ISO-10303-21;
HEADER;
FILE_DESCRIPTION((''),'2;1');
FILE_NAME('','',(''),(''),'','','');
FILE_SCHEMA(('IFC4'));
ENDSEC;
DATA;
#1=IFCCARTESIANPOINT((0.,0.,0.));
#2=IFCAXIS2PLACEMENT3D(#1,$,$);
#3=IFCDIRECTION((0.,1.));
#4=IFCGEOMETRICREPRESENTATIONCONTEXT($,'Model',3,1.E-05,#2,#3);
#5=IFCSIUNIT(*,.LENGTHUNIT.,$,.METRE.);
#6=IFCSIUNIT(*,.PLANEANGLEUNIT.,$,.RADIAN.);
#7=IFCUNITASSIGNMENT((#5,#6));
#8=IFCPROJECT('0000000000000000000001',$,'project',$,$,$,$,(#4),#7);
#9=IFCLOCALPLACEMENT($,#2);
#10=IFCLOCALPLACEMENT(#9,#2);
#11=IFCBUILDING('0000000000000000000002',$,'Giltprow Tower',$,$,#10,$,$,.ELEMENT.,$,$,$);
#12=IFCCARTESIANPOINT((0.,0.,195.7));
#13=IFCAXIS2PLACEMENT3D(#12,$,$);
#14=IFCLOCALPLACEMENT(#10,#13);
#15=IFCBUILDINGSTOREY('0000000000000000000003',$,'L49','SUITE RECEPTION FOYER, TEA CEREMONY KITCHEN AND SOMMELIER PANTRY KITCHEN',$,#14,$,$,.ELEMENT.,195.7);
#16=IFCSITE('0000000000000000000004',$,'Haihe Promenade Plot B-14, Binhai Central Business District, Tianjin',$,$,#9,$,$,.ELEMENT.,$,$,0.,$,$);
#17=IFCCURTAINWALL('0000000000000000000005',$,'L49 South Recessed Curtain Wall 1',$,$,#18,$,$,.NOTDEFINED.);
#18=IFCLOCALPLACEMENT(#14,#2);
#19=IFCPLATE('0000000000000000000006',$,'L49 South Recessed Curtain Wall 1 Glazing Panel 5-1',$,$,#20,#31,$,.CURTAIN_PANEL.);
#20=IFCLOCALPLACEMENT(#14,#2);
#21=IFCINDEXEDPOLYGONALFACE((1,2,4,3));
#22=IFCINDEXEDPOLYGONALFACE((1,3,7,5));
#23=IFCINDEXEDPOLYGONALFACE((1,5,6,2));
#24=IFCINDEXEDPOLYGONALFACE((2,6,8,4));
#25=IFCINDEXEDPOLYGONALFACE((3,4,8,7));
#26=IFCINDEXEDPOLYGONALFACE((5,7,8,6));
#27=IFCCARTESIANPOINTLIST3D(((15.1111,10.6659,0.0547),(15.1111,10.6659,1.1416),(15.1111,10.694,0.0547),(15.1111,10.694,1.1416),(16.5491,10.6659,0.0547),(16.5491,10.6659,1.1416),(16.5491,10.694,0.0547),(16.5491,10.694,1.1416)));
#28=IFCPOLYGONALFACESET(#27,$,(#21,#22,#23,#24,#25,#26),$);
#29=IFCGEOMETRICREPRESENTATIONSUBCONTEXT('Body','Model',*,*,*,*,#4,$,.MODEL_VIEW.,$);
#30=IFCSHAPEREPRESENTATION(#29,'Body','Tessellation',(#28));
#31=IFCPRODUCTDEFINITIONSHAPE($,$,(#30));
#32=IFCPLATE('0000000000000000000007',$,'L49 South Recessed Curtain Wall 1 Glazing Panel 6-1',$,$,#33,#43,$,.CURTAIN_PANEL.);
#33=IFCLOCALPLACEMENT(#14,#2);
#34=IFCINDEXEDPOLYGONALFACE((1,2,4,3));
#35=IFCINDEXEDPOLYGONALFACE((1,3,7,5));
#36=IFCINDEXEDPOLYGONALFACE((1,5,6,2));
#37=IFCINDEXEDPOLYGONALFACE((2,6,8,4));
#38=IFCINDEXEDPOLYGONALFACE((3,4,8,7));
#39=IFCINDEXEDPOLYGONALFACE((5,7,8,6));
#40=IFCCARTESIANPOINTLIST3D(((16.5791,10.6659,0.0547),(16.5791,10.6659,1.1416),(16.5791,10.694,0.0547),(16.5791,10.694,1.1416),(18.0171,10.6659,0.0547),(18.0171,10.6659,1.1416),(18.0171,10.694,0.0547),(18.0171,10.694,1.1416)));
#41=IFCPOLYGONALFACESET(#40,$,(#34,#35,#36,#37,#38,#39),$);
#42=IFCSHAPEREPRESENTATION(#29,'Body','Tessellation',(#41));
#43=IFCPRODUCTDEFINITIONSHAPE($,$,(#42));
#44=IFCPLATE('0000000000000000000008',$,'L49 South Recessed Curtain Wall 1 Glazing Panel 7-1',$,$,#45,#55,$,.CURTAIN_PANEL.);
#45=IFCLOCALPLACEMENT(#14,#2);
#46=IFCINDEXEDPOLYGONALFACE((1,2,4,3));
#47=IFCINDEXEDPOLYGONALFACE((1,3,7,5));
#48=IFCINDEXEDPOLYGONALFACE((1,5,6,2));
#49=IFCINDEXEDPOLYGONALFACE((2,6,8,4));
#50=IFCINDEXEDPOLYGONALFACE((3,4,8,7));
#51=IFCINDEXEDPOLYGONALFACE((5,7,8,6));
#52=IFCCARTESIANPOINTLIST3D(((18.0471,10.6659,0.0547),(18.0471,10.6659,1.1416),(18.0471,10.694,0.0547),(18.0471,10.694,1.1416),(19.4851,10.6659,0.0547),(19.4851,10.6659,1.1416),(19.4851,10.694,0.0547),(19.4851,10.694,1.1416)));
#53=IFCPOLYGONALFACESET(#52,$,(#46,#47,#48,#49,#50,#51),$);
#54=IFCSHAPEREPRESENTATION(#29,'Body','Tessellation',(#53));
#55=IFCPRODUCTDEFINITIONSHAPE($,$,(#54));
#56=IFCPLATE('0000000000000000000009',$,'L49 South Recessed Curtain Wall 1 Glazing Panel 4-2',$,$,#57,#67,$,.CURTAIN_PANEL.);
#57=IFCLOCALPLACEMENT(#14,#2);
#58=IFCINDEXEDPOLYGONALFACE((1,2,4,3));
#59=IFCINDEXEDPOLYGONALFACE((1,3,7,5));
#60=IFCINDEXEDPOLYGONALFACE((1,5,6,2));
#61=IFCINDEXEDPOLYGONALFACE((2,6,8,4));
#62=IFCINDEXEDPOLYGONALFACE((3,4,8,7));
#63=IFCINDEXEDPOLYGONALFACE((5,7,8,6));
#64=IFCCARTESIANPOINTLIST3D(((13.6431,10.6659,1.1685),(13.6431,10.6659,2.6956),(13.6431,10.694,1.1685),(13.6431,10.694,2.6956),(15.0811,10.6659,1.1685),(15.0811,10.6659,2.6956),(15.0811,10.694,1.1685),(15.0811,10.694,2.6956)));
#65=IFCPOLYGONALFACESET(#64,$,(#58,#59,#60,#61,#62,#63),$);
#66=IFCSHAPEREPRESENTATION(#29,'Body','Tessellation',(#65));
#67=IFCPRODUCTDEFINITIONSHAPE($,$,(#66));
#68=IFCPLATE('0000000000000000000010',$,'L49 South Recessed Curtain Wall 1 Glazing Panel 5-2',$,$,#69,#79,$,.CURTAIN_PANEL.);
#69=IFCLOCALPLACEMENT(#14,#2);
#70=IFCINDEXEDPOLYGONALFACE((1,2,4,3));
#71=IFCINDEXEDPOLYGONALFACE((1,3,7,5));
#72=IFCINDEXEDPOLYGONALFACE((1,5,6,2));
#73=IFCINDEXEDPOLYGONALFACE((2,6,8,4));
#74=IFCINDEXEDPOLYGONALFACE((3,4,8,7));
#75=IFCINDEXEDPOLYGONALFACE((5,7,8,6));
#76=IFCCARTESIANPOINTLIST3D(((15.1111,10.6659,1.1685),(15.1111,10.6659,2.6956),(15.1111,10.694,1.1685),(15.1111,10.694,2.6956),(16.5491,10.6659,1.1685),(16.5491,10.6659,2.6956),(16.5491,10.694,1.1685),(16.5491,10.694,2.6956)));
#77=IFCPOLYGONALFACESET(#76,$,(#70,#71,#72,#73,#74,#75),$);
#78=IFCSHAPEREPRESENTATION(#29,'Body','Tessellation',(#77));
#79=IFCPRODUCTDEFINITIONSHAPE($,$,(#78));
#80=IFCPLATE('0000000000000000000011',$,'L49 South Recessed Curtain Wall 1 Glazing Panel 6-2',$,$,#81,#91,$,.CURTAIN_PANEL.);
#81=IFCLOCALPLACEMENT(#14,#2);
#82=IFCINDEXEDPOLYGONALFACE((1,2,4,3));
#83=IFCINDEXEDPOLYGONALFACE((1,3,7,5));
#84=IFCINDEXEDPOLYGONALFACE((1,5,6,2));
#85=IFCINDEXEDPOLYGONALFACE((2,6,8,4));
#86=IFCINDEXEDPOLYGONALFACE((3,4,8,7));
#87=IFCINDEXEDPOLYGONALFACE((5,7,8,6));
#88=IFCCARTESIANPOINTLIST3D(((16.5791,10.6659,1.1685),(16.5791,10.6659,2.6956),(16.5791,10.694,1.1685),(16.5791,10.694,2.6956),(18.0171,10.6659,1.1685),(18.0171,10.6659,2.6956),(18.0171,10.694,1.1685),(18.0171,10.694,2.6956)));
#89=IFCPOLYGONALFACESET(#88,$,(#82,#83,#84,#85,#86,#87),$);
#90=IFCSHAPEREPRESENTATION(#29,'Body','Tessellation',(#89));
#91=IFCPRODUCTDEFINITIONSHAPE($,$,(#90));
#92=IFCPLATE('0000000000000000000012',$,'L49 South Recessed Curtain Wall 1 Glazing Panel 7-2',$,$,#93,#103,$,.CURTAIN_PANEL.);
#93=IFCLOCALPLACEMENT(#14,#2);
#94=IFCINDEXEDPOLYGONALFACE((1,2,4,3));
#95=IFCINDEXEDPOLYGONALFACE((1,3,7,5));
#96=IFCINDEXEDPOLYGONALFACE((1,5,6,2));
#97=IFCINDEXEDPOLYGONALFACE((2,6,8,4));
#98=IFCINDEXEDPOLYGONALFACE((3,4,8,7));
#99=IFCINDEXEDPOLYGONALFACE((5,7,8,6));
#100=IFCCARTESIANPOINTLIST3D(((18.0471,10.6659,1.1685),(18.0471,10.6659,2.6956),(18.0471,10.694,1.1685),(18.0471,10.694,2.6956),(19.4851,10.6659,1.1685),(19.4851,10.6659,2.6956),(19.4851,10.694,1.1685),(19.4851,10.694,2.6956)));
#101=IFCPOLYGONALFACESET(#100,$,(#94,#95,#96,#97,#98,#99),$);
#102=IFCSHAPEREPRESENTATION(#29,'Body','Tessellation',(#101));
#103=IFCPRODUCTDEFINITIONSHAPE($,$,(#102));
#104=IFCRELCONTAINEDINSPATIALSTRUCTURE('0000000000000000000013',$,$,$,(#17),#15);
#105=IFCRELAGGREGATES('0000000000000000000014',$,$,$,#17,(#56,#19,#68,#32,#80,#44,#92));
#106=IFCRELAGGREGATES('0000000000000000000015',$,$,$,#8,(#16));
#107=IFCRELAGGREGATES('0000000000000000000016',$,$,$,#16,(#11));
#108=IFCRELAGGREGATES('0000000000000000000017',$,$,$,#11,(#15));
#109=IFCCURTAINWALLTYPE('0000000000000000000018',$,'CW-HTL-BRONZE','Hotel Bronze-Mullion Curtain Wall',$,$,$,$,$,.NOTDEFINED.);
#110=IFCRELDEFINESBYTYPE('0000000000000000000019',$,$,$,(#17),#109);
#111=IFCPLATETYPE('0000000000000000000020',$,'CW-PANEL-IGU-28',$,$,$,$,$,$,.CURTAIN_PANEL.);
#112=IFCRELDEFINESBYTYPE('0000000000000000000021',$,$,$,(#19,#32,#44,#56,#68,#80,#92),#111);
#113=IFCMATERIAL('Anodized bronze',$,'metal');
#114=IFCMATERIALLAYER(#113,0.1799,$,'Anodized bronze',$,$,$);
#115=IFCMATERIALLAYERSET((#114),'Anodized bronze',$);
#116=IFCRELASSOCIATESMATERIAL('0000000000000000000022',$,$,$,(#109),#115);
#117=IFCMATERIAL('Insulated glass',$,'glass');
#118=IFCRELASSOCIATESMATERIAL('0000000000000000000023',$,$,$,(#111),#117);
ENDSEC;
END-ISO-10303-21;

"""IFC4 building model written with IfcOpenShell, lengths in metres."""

from ifc_helpers import new_model, si_unit, direction, frame, origin, origin_2d, place, context, subcontext, project, spatial, rectangle, extrude, source, transform, mapped, material, layer, layer_set, type_object, element, aggregate, save


model = new_model("IFC4")

# Units and contexts
model_context = context("Model", 3, precision=1e-05, world=origin(), true_north=direction((0.0, 1.0)))
body_context = subcontext(model_context, "Body", "Model", "MODEL_VIEW")
ifc_project = project(units=[si_unit("LENGTHUNIT", "METRE"), si_unit("PLANEANGLEUNIT", "RADIAN")], contexts=[model_context])

# Site, building, storey
site_placement = place(None, origin())
site = spatial("IfcSite", under=ifc_project, at=site_placement, Name="Haihe Promenade Plot B-14, Binhai Central Business District, Tianjin", CompositionType="ELEMENT", RefElevation=0.0)
building_placement = place(site_placement, origin())
building = spatial("IfcBuilding", under=site, at=building_placement, Name="Giltprow Tower", CompositionType="ELEMENT")
storey_placement = place(building_placement, frame((0.0, 0.0, 195.7)))
storey = spatial("IfcBuildingStorey", under=building, at=storey_placement, Name="L49", Description="SUITE RECEPTION FOYER, TEA CEREMONY KITCHEN AND SOMMELIER PANTRY KITCHEN", CompositionType="ELEMENT", Elevation=195.7)

# Curtain wall, plates
ifc_material_1 = material(Name="Anodized bronze", Category="metal")
ifc_layer = layer(ifc_material_1, 0.1799, Name="Anodized bronze")
ifc_layer_set = layer_set([ifc_layer], Name="Anodized bronze")
curtain_wall_type = type_object("IfcCurtainWallType", Name="CW-HTL-BRONZE", Description="Hotel Bronze-Mullion Curtain Wall", PredefinedType="NOTDEFINED", material=ifc_layer_set)
curtain_wall_placement = place(storey_placement, origin())
curtain_wall = element("IfcCurtainWall", 1, at=curtain_wall_placement, inside=storey, type_object=curtain_wall_type, Name="L49 South Recessed Curtain Wall 1", PredefinedType="NOTDEFINED")
ifc_material_2 = material(Name="Insulated glass", Category="glass")
plate_type = type_object("IfcPlateType", Name="CW-PANEL-IGU-28", PredefinedType="CURTAIN_PANEL", material=ifc_material_2)
shared_shape_1 = source(origin(), body_context, "Body", "SweptSolid", [
    extrude(rectangle(XDim=1.438, YDim=0.0281, at=origin_2d()), origin(), (0.0, 0.0, 1.0), 1.0869),
])
plate_1_placement = place(storey_placement, frame((15.8301, 10.6799, 0.0547), z_axis=(0.0, 0.0, 1.0), x_axis=(1.0, 0.0, 0.0)))
plate_1 = element("IfcPlate", 2, at=plate_1_placement, type_object=plate_type, Name="L49 South Recessed Curtain Wall 1 Glazing Panel 5-1", PredefinedType="CURTAIN_PANEL", context=body_context, shape_type="MappedRepresentation", body=[
    mapped(shared_shape_1, transform((0.0, 0.0, 0.0), x_axis=(1.0, 0.0, 0.0), y_axis=(0.0, 1.0, 0.0), z_axis=(0.0, 0.0, 1.0), scale=1.0)),
])
plate_2_placement = place(storey_placement, frame((17.2981, 10.6799, 0.0547), z_axis=(0.0, 0.0, 1.0), x_axis=(1.0, 0.0, 0.0)))
plate_2 = element("IfcPlate", 3, at=plate_2_placement, type_object=plate_type, Name="L49 South Recessed Curtain Wall 1 Glazing Panel 6-1", PredefinedType="CURTAIN_PANEL", context=body_context, shape_type="MappedRepresentation", body=[
    mapped(shared_shape_1, transform((0.0, 0.0, 0.0), x_axis=(1.0, 0.0, 0.0), y_axis=(0.0, 1.0, 0.0), z_axis=(0.0, 0.0, 1.0), scale=1.0)),
])
plate_3_placement = place(storey_placement, frame((18.7661, 10.6799, 0.0547), z_axis=(0.0, 0.0, 1.0), x_axis=(1.0, 0.0, 0.0)))
plate_3 = element("IfcPlate", 4, at=plate_3_placement, type_object=plate_type, Name="L49 South Recessed Curtain Wall 1 Glazing Panel 7-1", PredefinedType="CURTAIN_PANEL", context=body_context, shape_type="MappedRepresentation", body=[
    mapped(shared_shape_1, transform((0.0, 0.0, 0.0), x_axis=(1.0, 0.0, 0.0), y_axis=(0.0, 1.0, 0.0), z_axis=(0.0, 0.0, 1.0), scale=1.0)),
])
shared_shape_2 = source(origin(), body_context, "Body", "SweptSolid", [
    extrude(rectangle(XDim=1.438, YDim=0.0281, at=origin_2d()), origin(), (0.0, 0.0, 1.0), 1.5271),
])
plate_4_placement = place(storey_placement, frame((14.3621, 10.6799, 1.1685), z_axis=(0.0, 0.0, 1.0), x_axis=(1.0, 0.0, 0.0)))
plate_4 = element("IfcPlate", 5, at=plate_4_placement, type_object=plate_type, Name="L49 South Recessed Curtain Wall 1 Glazing Panel 4-2", PredefinedType="CURTAIN_PANEL", context=body_context, shape_type="MappedRepresentation", body=[
    mapped(shared_shape_2, transform((0.0, 0.0, 0.0), x_axis=(1.0, 0.0, 0.0), y_axis=(0.0, 1.0, 0.0), z_axis=(0.0, 0.0, 1.0), scale=1.0)),
])
plate_5_placement = place(storey_placement, frame((15.8301, 10.6799, 1.1685), z_axis=(0.0, 0.0, 1.0), x_axis=(1.0, 0.0, 0.0)))
plate_5 = element("IfcPlate", 6, at=plate_5_placement, type_object=plate_type, Name="L49 South Recessed Curtain Wall 1 Glazing Panel 5-2", PredefinedType="CURTAIN_PANEL", context=body_context, shape_type="MappedRepresentation", body=[
    mapped(shared_shape_2, transform((0.0, 0.0, 0.0), x_axis=(1.0, 0.0, 0.0), y_axis=(0.0, 1.0, 0.0), z_axis=(0.0, 0.0, 1.0), scale=1.0)),
])
plate_6_placement = place(storey_placement, frame((17.2981, 10.6799, 1.1685), z_axis=(0.0, 0.0, 1.0), x_axis=(1.0, 0.0, 0.0)))
plate_6 = element("IfcPlate", 7, at=plate_6_placement, type_object=plate_type, Name="L49 South Recessed Curtain Wall 1 Glazing Panel 6-2", PredefinedType="CURTAIN_PANEL", context=body_context, shape_type="MappedRepresentation", body=[
    mapped(shared_shape_2, transform((0.0, 0.0, 0.0), x_axis=(1.0, 0.0, 0.0), y_axis=(0.0, 1.0, 0.0), z_axis=(0.0, 0.0, 1.0), scale=1.0)),
])
plate_7_placement = place(storey_placement, frame((18.7661, 10.6799, 1.1685), z_axis=(0.0, 0.0, 1.0), x_axis=(1.0, 0.0, 0.0)))
plate_7 = element("IfcPlate", 8, at=plate_7_placement, type_object=plate_type, Name="L49 South Recessed Curtain Wall 1 Glazing Panel 7-2", PredefinedType="CURTAIN_PANEL", context=body_context, shape_type="MappedRepresentation", body=[
    mapped(shared_shape_2, transform((0.0, 0.0, 0.0), x_axis=(1.0, 0.0, 0.0), y_axis=(0.0, 1.0, 0.0), z_axis=(0.0, 0.0, 1.0), scale=1.0)),
])
aggregate(curtain_wall, [plate_4, plate_1, plate_5, plate_2, plate_6, plate_3, plate_7])

save(model, "model.ifc")
